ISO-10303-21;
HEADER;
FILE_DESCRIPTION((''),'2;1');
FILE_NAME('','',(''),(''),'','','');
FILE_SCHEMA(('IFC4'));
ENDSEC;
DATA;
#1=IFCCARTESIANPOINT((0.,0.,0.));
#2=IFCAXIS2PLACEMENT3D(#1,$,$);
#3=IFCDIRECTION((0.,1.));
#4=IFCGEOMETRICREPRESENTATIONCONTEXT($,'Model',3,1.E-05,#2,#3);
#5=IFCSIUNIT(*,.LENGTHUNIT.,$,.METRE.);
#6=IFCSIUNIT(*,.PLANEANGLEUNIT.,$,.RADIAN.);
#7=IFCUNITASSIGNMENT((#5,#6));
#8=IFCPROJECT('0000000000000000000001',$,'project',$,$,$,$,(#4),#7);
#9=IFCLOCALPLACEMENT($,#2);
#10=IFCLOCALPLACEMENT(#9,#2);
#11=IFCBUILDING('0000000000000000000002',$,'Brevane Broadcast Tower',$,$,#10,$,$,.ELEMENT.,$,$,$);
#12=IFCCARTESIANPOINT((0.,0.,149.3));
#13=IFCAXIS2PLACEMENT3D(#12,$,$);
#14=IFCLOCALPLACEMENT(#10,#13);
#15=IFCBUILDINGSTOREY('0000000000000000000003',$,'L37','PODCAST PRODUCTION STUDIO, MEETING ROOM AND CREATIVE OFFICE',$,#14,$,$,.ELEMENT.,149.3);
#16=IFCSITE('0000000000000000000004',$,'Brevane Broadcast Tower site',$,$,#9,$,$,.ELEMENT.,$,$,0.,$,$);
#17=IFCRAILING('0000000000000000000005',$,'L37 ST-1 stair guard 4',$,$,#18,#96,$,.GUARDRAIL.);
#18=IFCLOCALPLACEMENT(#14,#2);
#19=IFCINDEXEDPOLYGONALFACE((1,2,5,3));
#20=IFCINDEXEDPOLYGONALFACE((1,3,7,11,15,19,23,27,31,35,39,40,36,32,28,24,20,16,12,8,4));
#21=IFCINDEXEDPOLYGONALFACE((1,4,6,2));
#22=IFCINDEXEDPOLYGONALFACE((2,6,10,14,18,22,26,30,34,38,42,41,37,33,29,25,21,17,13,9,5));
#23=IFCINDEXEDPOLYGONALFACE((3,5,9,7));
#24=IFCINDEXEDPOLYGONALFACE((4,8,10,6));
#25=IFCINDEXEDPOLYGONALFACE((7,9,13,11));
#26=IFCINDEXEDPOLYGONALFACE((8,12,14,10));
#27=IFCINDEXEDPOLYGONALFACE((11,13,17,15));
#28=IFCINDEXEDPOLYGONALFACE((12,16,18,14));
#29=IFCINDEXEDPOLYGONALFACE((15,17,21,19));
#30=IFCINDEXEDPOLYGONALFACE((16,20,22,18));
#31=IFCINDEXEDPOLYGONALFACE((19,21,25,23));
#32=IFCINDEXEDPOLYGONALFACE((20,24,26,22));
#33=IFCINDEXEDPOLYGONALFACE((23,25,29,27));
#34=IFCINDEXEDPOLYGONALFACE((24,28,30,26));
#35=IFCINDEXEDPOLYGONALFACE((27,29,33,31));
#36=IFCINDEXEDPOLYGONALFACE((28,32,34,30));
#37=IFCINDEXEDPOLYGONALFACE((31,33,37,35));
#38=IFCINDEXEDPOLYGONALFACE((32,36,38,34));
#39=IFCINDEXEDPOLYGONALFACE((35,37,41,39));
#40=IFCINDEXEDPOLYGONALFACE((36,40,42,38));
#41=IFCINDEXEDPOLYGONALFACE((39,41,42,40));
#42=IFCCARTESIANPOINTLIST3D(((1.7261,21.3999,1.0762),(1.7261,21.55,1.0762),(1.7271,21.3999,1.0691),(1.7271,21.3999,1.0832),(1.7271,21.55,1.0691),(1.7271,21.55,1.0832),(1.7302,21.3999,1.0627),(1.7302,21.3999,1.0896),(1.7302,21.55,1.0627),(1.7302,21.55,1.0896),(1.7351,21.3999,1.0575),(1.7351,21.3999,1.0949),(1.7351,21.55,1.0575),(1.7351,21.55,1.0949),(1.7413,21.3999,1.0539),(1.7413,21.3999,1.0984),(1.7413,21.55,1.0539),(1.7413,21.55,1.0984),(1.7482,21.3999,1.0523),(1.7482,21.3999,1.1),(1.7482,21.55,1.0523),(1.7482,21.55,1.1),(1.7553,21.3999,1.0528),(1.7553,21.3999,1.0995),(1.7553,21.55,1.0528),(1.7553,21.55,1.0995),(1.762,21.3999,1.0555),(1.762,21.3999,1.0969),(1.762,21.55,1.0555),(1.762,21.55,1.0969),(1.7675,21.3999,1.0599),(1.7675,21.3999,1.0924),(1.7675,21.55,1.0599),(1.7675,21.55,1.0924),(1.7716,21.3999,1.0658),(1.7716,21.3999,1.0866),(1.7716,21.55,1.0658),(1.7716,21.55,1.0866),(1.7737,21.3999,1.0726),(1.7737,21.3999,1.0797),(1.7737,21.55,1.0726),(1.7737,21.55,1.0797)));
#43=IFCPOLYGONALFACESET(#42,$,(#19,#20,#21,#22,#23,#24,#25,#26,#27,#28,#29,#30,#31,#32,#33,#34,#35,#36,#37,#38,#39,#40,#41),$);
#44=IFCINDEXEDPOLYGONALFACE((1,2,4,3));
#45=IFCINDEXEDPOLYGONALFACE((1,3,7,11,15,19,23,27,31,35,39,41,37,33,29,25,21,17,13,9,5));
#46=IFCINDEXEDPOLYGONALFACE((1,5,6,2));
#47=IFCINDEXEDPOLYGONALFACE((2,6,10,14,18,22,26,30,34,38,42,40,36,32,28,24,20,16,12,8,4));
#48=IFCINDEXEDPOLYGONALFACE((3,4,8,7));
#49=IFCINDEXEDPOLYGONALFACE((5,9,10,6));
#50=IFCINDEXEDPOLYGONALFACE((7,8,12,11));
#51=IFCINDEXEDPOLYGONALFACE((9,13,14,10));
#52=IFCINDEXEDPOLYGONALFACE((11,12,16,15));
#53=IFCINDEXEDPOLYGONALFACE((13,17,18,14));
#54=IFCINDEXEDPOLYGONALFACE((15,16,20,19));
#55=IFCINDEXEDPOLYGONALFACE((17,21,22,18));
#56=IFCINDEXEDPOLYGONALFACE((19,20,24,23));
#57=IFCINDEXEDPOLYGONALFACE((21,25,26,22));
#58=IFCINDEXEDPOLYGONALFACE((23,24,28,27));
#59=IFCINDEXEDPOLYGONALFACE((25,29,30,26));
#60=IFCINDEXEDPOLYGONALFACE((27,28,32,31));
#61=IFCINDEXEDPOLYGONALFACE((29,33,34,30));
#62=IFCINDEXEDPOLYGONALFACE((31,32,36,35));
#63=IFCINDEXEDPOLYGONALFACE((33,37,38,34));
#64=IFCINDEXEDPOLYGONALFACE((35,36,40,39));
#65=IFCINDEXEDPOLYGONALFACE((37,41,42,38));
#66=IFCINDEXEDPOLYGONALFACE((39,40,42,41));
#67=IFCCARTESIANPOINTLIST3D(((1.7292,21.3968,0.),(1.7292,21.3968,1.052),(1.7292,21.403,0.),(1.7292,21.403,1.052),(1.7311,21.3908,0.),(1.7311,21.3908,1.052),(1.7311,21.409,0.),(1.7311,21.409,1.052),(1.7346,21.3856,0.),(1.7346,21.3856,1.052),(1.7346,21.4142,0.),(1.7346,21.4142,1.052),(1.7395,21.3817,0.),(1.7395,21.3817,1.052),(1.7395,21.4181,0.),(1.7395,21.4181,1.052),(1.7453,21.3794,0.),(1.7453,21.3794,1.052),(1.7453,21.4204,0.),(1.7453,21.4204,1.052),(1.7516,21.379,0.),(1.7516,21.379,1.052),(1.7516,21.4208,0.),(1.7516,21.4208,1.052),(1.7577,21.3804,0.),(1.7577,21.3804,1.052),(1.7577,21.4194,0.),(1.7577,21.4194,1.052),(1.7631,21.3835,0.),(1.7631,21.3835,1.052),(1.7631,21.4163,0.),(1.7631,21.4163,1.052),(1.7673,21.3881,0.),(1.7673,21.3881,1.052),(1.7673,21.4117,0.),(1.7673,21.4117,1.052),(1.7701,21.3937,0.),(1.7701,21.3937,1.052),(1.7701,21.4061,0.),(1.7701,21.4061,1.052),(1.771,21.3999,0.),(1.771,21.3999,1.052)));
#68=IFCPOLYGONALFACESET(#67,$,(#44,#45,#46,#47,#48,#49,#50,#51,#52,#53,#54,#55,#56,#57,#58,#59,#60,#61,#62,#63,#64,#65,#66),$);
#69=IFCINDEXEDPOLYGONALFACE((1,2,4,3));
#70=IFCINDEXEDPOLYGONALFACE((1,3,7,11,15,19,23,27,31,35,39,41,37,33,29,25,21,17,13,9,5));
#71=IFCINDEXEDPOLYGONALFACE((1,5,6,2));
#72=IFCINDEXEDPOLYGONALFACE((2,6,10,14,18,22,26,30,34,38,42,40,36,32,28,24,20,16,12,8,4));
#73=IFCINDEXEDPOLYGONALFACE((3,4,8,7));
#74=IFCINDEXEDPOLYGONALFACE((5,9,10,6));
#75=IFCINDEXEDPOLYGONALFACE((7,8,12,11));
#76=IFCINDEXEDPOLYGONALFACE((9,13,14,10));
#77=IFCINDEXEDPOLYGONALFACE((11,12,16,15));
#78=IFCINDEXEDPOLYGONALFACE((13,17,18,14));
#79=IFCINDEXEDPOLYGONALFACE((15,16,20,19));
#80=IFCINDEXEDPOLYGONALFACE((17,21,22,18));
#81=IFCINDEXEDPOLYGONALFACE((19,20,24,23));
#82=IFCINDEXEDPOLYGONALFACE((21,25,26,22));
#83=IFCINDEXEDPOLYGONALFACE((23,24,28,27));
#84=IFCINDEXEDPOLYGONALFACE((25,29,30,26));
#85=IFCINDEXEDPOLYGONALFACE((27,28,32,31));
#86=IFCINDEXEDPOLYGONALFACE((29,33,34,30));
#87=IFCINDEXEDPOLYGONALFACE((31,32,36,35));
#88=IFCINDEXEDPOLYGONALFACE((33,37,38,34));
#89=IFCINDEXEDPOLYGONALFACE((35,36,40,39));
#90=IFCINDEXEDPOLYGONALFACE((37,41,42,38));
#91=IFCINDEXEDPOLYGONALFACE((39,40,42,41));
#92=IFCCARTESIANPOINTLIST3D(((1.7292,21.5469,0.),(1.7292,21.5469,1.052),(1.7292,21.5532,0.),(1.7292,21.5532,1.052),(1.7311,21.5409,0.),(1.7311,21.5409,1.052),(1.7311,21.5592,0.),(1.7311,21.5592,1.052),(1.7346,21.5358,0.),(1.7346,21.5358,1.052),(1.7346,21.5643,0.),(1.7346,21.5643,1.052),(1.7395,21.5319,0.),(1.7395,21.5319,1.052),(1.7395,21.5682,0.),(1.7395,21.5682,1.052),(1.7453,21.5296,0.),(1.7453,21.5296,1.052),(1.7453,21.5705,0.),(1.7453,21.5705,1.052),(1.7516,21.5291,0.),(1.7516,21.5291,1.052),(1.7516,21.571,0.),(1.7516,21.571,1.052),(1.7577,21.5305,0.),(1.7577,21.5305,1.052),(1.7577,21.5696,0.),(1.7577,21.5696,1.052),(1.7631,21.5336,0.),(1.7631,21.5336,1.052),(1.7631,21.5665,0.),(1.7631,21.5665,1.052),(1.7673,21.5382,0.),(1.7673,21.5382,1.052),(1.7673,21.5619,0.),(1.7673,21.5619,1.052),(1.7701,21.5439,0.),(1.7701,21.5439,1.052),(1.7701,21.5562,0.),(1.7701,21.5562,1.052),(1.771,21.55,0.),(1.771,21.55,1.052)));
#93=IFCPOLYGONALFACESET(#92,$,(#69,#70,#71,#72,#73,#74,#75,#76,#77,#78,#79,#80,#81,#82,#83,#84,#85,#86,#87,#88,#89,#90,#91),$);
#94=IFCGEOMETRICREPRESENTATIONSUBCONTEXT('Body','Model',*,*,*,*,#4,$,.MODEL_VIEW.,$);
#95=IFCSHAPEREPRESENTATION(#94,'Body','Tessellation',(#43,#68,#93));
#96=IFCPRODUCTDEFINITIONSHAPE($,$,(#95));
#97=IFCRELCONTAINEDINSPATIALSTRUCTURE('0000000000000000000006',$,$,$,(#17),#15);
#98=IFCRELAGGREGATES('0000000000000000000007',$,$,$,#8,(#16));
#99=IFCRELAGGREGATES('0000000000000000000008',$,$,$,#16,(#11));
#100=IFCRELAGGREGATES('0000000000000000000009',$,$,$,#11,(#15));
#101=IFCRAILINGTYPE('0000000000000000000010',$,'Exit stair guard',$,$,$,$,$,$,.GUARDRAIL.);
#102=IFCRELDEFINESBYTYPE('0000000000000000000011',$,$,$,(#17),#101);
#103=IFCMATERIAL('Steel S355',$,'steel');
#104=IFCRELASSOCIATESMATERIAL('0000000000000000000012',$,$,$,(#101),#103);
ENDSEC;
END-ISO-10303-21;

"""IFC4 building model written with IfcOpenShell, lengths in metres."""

from ifc_helpers import new_model, si_unit, direction, frame, origin, origin_2d, place, context, subcontext, project, spatial, circle, extrude, material, type_object, element, save


model = new_model("IFC4")

# Units and contexts
model_context = context("Model", 3, precision=1e-05, world=origin(), true_north=direction((0.0, 1.0)))
body_context = subcontext(model_context, "Body", "Model", "MODEL_VIEW")
ifc_project = project(units=[si_unit("LENGTHUNIT", "METRE"), si_unit("PLANEANGLEUNIT", "RADIAN")], contexts=[model_context])

# Site, building, storey
site_placement = place(None, origin())
site = spatial("IfcSite", under=ifc_project, at=site_placement, Name="Brevane Broadcast Tower site", CompositionType="ELEMENT", RefElevation=0.0)
building_placement = place(site_placement, origin())
building = spatial("IfcBuilding", under=site, at=building_placement, Name="Brevane Broadcast Tower", CompositionType="ELEMENT")
storey_placement = place(building_placement, frame((0.0, 0.0, 149.3)))
storey = spatial("IfcBuildingStorey", under=building, at=storey_placement, Name="L37", Description="PODCAST PRODUCTION STUDIO, MEETING ROOM AND CREATIVE OFFICE", CompositionType="ELEMENT", Elevation=149.3)

# Railing
ifc_material_1 = material(Name="Steel S355", Category="steel")
railing_type_1 = type_object("IfcRailingType", Name="Exit stair guard", PredefinedType="GUARDRAIL", material=ifc_material_1)
railing_1_placement = place(storey_placement, frame((1.75, 21.3999, 0.0)))
element("IfcRailing", 1, at=railing_1_placement, inside=storey, type_object=railing_type_1, Name="L37 ST-1 stair guard 4", PredefinedType="GUARDRAIL", context=body_context, shape_type="SweptSolid", body=[
    extrude(circle(Radius=0.0239, at=origin_2d()), frame((0.0, 0.0, 1.0762), z_axis=(0.0, 1.0, 0.0), x_axis=(-1.0, 0.0, 0.0)), (0.0, 0.0, 1.0), 0.1501),
    extrude(circle(Radius=0.021, at=origin_2d()), origin(), (0.0, 0.0, 1.0), 1.052),
    extrude(circle(Radius=0.021, at=origin_2d()), frame((0.0, 0.1501, 0.0)), (0.0, 0.0, 1.0), 1.052),
])

save(model, "model.ifc")
